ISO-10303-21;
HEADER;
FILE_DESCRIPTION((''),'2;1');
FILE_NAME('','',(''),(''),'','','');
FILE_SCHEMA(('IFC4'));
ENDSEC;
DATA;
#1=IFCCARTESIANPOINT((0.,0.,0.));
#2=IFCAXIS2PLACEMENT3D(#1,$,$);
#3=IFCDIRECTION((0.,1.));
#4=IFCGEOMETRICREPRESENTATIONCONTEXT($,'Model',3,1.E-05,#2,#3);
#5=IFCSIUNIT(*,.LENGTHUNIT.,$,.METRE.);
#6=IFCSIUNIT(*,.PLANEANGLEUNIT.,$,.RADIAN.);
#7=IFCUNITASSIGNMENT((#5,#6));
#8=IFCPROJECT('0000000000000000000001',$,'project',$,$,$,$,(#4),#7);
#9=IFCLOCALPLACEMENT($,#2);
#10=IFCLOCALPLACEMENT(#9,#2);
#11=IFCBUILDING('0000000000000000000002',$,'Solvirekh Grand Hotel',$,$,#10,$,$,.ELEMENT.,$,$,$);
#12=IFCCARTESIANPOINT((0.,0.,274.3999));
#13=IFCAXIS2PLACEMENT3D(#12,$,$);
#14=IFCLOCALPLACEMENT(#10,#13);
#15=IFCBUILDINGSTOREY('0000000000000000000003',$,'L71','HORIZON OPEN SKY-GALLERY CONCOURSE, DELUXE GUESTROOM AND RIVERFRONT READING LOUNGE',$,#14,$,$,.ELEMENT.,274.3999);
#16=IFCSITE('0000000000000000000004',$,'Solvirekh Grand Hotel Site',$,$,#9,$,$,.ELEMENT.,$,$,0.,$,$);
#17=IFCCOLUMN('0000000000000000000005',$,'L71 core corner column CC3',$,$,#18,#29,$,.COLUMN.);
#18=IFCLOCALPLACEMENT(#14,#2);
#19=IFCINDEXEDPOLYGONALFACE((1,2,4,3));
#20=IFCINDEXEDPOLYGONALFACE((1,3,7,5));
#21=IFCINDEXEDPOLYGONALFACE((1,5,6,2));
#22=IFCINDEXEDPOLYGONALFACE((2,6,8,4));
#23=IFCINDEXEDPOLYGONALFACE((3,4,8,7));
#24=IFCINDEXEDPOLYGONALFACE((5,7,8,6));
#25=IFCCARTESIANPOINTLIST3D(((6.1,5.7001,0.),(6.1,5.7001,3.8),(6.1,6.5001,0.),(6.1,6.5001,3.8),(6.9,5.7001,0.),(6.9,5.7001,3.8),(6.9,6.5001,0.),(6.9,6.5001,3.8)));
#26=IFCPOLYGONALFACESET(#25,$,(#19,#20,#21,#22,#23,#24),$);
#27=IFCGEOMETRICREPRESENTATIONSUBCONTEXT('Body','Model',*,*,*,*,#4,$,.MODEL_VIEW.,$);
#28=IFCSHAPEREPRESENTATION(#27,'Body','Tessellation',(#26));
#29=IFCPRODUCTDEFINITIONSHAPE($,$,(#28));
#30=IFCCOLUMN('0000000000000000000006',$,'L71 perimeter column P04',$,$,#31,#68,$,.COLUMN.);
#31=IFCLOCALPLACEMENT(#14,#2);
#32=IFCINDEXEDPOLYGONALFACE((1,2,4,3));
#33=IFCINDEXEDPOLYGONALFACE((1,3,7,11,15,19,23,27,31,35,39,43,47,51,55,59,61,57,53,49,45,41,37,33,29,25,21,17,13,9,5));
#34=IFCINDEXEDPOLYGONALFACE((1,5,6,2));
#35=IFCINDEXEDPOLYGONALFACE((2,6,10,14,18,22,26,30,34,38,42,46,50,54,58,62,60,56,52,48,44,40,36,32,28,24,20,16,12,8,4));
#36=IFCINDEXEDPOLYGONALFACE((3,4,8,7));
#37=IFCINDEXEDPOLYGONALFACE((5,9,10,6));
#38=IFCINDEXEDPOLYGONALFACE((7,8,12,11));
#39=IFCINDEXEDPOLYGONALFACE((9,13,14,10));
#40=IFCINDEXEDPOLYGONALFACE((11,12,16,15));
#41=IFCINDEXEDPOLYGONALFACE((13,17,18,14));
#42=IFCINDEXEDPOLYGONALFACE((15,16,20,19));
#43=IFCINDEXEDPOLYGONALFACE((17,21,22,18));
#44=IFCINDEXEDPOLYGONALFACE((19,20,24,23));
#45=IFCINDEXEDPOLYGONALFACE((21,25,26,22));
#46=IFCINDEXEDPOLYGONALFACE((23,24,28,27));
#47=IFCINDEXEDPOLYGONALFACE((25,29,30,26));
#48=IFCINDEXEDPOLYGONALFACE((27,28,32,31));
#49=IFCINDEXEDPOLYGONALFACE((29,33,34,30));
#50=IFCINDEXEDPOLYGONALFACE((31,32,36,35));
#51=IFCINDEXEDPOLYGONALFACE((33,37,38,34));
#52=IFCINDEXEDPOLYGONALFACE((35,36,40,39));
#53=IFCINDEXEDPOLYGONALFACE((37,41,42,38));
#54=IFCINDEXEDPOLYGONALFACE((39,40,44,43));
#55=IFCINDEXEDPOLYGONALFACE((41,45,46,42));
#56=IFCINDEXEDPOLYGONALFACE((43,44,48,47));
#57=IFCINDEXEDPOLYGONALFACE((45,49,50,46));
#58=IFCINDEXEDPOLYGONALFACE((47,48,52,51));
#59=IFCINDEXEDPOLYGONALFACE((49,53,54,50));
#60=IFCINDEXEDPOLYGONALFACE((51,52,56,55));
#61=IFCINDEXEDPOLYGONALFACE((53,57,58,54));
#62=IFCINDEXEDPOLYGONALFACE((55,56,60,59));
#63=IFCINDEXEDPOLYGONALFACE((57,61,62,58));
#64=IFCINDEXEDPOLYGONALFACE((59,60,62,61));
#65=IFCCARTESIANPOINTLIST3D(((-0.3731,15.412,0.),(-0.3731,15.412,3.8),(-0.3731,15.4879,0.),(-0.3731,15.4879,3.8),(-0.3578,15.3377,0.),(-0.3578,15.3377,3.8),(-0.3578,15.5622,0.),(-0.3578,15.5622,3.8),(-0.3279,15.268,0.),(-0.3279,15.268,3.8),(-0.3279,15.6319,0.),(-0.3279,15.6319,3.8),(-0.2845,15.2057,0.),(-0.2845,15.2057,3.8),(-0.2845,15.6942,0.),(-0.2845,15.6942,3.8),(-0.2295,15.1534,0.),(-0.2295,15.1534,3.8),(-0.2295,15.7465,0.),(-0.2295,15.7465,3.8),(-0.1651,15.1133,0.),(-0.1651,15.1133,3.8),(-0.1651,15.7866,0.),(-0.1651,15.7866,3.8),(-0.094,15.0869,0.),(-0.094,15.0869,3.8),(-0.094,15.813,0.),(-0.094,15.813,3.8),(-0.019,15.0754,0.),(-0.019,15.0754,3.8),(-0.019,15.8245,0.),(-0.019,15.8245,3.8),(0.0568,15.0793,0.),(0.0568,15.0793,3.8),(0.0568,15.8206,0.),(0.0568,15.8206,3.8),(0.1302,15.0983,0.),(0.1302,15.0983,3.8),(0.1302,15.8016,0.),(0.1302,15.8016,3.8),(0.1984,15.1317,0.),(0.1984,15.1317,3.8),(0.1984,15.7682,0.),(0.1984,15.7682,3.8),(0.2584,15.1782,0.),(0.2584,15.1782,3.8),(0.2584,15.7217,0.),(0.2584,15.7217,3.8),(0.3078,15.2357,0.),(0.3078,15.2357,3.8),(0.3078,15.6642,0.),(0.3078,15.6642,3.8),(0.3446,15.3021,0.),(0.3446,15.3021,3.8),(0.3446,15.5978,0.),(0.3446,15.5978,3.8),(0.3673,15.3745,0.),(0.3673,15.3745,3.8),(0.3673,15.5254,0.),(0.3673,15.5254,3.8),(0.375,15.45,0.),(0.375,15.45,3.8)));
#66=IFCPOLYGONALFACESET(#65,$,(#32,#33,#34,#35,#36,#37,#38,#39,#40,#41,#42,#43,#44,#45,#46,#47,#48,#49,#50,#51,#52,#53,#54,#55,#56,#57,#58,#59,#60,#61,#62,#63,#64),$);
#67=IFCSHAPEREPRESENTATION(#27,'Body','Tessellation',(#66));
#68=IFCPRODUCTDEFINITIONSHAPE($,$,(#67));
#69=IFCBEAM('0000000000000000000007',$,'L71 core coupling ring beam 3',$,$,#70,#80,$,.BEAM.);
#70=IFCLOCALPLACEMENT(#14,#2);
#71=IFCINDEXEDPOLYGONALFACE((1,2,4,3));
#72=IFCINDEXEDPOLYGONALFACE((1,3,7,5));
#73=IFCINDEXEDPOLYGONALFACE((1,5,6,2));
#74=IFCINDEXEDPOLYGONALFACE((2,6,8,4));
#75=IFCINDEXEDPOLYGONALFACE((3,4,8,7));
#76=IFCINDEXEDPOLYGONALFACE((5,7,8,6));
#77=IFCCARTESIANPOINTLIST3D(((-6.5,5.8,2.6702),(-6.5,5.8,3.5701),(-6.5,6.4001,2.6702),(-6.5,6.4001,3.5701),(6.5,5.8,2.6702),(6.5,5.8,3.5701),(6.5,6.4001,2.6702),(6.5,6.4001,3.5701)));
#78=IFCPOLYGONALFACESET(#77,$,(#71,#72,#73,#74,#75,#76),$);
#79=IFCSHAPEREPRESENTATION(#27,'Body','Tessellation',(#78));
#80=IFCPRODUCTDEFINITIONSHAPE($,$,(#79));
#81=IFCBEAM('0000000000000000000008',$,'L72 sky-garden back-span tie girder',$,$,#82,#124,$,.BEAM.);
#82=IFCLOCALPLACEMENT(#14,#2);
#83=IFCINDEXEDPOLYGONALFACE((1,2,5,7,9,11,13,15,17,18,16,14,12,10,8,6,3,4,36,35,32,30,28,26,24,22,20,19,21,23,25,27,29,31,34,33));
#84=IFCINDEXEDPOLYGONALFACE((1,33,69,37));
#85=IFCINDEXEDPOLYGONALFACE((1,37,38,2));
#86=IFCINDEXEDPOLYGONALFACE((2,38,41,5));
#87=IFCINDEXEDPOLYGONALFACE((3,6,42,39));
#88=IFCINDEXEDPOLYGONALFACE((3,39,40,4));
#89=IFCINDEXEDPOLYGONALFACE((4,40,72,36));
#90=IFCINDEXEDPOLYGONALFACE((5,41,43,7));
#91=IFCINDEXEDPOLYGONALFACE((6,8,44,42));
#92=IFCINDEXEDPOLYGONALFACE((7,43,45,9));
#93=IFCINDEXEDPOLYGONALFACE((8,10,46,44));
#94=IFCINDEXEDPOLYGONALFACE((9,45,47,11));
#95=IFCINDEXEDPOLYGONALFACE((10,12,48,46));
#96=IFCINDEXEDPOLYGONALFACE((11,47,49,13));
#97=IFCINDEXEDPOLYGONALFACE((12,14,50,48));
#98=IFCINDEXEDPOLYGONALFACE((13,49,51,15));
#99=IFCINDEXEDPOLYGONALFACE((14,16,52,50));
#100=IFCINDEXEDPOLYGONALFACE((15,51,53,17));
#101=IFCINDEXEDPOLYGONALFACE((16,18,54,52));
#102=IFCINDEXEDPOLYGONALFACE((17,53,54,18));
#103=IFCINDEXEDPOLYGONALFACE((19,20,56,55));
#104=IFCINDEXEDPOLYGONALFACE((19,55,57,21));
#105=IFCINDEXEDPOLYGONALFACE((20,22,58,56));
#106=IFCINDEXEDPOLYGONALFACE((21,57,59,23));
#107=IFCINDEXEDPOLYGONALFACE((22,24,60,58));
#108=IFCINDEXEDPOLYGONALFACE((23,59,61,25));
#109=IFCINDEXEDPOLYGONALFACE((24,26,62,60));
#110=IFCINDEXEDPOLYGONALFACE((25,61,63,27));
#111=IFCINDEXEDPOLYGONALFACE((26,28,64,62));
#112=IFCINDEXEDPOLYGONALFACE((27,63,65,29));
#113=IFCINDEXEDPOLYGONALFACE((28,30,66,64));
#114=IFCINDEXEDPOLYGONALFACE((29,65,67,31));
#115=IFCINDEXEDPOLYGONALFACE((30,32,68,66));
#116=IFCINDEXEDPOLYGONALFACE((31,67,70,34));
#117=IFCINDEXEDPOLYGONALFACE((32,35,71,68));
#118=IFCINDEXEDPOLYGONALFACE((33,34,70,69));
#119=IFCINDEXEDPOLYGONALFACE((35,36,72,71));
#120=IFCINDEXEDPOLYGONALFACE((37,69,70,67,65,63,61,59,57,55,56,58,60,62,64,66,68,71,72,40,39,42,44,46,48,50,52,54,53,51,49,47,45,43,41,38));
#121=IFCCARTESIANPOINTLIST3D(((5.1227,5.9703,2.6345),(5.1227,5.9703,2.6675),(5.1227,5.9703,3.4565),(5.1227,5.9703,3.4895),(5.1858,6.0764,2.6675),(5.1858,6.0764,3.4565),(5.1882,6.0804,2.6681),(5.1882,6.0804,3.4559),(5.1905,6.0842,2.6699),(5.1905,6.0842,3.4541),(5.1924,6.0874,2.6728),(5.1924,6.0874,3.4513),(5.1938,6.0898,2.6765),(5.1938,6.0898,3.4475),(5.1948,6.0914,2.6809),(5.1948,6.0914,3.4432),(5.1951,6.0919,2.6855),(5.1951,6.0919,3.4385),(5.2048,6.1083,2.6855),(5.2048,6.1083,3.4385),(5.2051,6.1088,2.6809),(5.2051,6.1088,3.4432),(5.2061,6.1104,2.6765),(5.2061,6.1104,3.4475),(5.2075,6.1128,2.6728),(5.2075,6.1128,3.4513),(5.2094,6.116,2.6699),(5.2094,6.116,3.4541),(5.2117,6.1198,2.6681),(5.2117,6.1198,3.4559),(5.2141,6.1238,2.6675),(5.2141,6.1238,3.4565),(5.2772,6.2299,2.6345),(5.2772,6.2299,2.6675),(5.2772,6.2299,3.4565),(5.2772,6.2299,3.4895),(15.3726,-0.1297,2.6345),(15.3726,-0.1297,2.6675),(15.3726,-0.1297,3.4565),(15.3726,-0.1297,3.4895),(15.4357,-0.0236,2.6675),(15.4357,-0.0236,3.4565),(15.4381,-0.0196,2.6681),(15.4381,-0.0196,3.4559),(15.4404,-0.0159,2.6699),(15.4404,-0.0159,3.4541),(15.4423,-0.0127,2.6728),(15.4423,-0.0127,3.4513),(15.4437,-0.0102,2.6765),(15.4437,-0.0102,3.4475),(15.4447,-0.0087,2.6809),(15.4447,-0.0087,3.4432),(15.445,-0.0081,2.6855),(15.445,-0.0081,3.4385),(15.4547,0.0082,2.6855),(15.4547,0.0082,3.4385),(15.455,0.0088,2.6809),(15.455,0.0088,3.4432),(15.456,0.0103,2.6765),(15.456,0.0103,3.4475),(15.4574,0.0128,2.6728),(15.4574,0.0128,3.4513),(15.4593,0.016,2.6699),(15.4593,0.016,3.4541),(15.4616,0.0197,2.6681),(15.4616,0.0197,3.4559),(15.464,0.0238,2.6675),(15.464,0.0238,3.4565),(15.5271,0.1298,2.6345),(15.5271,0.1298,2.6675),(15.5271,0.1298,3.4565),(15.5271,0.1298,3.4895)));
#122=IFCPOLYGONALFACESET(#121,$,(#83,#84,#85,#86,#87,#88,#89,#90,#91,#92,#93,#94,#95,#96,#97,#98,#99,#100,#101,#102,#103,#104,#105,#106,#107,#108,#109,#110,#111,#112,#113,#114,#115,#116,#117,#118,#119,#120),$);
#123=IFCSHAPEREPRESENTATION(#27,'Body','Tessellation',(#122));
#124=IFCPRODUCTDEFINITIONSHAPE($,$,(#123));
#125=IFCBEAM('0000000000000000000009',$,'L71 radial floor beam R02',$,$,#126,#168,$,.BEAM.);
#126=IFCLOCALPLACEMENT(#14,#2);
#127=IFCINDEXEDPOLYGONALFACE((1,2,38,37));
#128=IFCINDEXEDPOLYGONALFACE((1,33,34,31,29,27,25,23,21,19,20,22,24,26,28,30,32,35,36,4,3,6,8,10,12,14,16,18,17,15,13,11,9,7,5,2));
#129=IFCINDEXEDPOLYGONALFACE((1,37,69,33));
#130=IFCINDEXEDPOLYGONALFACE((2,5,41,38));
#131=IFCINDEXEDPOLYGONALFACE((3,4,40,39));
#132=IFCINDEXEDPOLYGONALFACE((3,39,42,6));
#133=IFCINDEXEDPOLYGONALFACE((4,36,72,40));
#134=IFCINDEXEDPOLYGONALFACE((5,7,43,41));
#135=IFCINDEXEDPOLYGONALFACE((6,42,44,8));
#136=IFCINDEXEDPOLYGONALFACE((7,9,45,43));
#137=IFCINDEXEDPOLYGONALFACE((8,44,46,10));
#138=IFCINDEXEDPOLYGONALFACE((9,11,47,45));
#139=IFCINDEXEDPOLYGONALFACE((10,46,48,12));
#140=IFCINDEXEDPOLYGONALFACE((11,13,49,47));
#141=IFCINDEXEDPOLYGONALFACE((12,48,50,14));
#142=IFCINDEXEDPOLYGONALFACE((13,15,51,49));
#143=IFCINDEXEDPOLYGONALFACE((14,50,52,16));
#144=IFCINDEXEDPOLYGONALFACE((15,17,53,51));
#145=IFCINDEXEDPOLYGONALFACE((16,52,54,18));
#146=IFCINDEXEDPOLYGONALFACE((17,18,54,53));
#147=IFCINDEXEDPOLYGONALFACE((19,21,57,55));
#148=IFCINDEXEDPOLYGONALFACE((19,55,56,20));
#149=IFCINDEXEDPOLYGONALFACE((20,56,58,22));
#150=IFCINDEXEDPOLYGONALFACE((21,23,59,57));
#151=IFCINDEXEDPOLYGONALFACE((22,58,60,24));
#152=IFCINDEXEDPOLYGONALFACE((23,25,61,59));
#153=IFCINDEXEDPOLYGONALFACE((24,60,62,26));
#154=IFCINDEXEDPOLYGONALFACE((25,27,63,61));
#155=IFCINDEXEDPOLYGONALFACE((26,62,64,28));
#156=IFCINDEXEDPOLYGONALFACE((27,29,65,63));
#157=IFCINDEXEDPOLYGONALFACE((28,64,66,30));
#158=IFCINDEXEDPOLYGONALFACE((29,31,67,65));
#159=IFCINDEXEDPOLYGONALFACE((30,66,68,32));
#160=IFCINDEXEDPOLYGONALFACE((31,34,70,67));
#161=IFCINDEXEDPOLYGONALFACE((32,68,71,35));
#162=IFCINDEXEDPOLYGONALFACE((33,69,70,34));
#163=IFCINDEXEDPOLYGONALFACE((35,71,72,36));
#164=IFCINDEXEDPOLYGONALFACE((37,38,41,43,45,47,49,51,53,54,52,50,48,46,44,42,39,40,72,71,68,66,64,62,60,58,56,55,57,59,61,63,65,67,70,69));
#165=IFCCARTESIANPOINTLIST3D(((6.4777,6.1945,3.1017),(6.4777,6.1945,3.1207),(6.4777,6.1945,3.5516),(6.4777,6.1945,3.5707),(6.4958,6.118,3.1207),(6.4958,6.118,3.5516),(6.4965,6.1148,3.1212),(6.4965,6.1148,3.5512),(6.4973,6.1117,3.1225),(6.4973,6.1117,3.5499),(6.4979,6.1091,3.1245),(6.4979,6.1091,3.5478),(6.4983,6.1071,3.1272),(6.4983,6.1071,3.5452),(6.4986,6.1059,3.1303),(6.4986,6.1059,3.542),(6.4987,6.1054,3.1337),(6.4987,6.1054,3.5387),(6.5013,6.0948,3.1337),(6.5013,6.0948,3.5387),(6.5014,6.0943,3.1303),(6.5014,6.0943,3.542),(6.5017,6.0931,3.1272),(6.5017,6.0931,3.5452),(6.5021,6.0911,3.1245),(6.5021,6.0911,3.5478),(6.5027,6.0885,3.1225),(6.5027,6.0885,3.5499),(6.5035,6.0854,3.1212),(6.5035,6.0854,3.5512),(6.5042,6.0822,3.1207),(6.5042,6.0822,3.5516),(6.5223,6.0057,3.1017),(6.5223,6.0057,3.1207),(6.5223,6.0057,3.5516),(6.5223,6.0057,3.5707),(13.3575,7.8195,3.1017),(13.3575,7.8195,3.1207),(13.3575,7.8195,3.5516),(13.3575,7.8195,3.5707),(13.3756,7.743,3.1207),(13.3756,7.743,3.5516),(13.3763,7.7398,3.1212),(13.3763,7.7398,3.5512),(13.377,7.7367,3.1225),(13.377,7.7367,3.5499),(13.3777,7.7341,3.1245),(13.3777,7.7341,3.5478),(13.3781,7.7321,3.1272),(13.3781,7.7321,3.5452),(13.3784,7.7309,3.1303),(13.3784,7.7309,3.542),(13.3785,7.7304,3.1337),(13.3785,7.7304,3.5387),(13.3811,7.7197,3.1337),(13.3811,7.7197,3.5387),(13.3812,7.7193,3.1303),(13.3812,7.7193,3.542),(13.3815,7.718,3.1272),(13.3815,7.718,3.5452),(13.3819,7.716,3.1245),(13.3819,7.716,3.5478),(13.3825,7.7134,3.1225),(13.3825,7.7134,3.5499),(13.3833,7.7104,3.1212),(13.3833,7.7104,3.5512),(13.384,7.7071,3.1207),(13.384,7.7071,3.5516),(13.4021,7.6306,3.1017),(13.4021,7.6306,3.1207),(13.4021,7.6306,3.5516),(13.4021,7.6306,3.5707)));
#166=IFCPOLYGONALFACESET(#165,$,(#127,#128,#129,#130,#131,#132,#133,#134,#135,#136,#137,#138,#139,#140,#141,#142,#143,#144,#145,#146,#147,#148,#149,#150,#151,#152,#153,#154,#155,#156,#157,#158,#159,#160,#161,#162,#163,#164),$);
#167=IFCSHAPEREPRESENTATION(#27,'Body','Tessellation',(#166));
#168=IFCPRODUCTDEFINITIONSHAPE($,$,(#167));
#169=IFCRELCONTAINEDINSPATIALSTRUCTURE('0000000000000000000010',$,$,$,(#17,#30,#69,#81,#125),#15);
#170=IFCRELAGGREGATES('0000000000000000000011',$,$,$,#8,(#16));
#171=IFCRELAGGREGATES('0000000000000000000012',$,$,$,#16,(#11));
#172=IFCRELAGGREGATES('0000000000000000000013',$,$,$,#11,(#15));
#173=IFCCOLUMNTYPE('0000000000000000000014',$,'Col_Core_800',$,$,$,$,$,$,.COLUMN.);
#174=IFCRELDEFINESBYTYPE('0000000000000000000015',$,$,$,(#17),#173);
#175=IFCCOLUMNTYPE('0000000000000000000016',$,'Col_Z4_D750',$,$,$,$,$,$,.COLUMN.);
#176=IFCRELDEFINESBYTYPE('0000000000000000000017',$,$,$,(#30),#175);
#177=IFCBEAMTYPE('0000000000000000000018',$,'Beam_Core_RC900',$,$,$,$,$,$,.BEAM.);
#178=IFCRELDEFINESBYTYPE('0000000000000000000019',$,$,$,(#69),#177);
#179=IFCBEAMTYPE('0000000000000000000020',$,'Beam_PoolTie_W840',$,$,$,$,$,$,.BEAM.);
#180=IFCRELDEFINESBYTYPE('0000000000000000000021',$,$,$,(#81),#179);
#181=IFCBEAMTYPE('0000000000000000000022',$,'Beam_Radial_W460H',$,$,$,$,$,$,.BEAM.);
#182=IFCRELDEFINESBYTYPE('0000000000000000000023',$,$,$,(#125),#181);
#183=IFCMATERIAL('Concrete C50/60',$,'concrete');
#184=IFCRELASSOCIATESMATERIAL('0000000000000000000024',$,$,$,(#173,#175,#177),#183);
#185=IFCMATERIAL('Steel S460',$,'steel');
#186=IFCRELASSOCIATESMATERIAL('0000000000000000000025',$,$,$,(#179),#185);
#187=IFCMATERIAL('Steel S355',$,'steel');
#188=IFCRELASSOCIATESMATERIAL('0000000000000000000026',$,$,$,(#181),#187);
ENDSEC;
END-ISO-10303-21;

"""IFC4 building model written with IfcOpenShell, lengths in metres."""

from ifc_helpers import new_model, si_unit, direction, frame, origin, origin_2d, place, context, subcontext, project, spatial, rectangle, circle, i_section, extrude, material, material_profile, profile_set, type_object, element, save


model = new_model("IFC4")

# Units and contexts
model_context = context("Model", 3, precision=1e-05, world=origin(), true_north=direction((0.0, 1.0)))
body_context = subcontext(model_context, "Body", "Model", "MODEL_VIEW")
ifc_project = project(units=[si_unit("LENGTHUNIT", "METRE"), si_unit("PLANEANGLEUNIT", "RADIAN")], contexts=[model_context])

# Site, building, storey
site_placement = place(None, origin())
site = spatial("IfcSite", under=ifc_project, at=site_placement, Name="Solvirekh Grand Hotel Site", CompositionType="ELEMENT", RefElevation=0.0)
building_placement = place(site_placement, origin())
building = spatial("IfcBuilding", under=site, at=building_placement, Name="Solvirekh Grand Hotel", CompositionType="ELEMENT")
storey_placement = place(building_placement, frame((0.0, 0.0, 274.3999)))
storey = spatial("IfcBuildingStorey", under=building, at=storey_placement, Name="L71", Description="HORIZON OPEN SKY-GALLERY CONCOURSE, DELUXE GUESTROOM AND RIVERFRONT READING LOUNGE", CompositionType="ELEMENT", Elevation=274.3999)

# Columns
ifc_material_1 = material(Name="Concrete C50/60", Category="concrete")
ifc_material_profile_1 = material_profile(ifc_material_1, rectangle(XDim=0.8, YDim=0.8, at=origin_2d()), Name="RC 800X800")
ifc_profile_set_1 = profile_set([ifc_material_profile_1], Name="Concrete C50/60")
column_type_1 = type_object("IfcColumnType", Name="Col_Core_800", PredefinedType="COLUMN", material=ifc_profile_set_1)
column_1_placement = place(storey_placement, frame((6.5, 6.1001, 0.0), z_axis=(0.0, 0.0, 1.0), x_axis=(1.0, 0.0, 0.0)))
element("IfcColumn", 1, at=column_1_placement, inside=storey, type_object=column_type_1, Name="L71 core corner column CC3", PredefinedType="COLUMN", context=body_context, shape_type="SweptSolid", body=[
    extrude(rectangle(XDim=0.8, YDim=0.8, at=origin_2d()), origin(), (0.0, 0.0, 1.0), 3.8),
])
ifc_material_profile_2 = material_profile(ifc_material_1, circle(Radius=0.375, at=origin_2d()), Name="RC CIRC D750")
ifc_profile_set_2 = profile_set([ifc_material_profile_2], Name="Concrete C50/60")
column_type_2 = type_object("IfcColumnType", Name="Col_Z4_D750", PredefinedType="COLUMN", material=ifc_profile_set_2)
column_2_placement = place(storey_placement, frame((0.0, 15.45, 0.0), z_axis=(0.0, 0.0, 1.0), x_axis=(1.0, 0.0, 0.0)))
element("IfcColumn", 2, at=column_2_placement, inside=storey, type_object=column_type_2, Name="L71 perimeter column P04", PredefinedType="COLUMN", context=body_context, shape_type="SweptSolid", body=[
    extrude(circle(Radius=0.375, at=origin_2d()), origin(), (0.0, 0.0, 1.0), 3.8),
])

# Beams
ifc_material_profile_3 = material_profile(ifc_material_1, rectangle(XDim=0.6001, YDim=0.8999, at=origin_2d()), Name="RC BEAM 600X900")
ifc_profile_set_3 = profile_set([ifc_material_profile_3], Name="Concrete C50/60")
beam_type_1 = type_object("IfcBeamType", Name="Beam_Core_RC900", PredefinedType="BEAM", material=ifc_profile_set_3)
beam_1_placement = place(storey_placement, frame((6.5, 6.1001, 3.1201), z_axis=(-1.0, 0.0, 0.0), x_axis=(0.0, -1.0, 0.0)))
element("IfcBeam", 3, at=beam_1_placement, inside=storey, type_object=beam_type_1, Name="L71 core coupling ring beam 3", PredefinedType="BEAM", context=body_context, shape_type="SweptSolid", body=[
    extrude(rectangle(XDim=0.6001, YDim=0.8999, at=origin_2d()), origin(), (0.0, 0.0, 1.0), 13.0),
])
ifc_material_2 = material(Name="Steel S460", Category="steel")
ifc_material_profile_4 = material_profile(ifc_material_2, i_section(OverallWidth=0.302, OverallDepth=0.855, WebThickness=0.019, FlangeThickness=0.033, FilletRadius=0.0181, at=origin_2d()), Name="W840X299")
ifc_profile_set_4 = profile_set([ifc_material_profile_4], Name="Steel S460")
beam_type_2 = type_object("IfcBeamType", Name="Beam_PoolTie_W840", PredefinedType="BEAM", material=ifc_profile_set_4)
beam_2_placement = place(storey_placement, frame((5.2, 6.1001, 3.062), z_axis=(0.859333, -0.511416, 0.0), x_axis=(0.511416, 0.859333, 0.0)))
element("IfcBeam", 4, at=beam_2_placement, inside=storey, type_object=beam_type_2, Name="L72 sky-garden back-span tie girder", PredefinedType="BEAM", context=body_context, shape_type="SweptSolid", body=[
    extrude(i_section(OverallWidth=0.302, OverallDepth=0.855, WebThickness=0.019, FlangeThickness=0.033, FilletRadius=0.0181, at=origin_2d()), origin(), (0.0, 0.0, 1.0), 11.9277),
])
ifc_material_3 = material(Name="Steel S355", Category="steel")
ifc_material_profile_5 = material_profile(ifc_material_3, i_section(OverallWidth=0.1941, OverallDepth=0.469, WebThickness=0.011, FlangeThickness=0.019, FilletRadius=0.0129, at=origin_2d()), Name="W460X106")
ifc_profile_set_5 = profile_set([ifc_material_profile_5], Name="Steel S355")
beam_type_3 = type_object("IfcBeamType", Name="Beam_Radial_W460H", PredefinedType="BEAM", material=ifc_profile_set_5)
beam_3_placement = place(storey_placement, frame((6.5, 6.1001, 3.3362), z_axis=(0.973221, 0.229871, 0.0), x_axis=(-0.229871, 0.973221, 0.0)))
element("IfcBeam", 5, at=beam_3_placement, inside=storey, type_object=beam_type_3, Name="L71 radial floor beam R02", PredefinedType="BEAM", context=body_context, shape_type="SweptSolid", body=[
    extrude(i_section(OverallWidth=0.1941, OverallDepth=0.469, WebThickness=0.011, FlangeThickness=0.019, FilletRadius=0.0129, at=origin_2d()), origin(), (0.0, 0.0, 1.0), 7.0691),
])

save(model, "model.ifc")
